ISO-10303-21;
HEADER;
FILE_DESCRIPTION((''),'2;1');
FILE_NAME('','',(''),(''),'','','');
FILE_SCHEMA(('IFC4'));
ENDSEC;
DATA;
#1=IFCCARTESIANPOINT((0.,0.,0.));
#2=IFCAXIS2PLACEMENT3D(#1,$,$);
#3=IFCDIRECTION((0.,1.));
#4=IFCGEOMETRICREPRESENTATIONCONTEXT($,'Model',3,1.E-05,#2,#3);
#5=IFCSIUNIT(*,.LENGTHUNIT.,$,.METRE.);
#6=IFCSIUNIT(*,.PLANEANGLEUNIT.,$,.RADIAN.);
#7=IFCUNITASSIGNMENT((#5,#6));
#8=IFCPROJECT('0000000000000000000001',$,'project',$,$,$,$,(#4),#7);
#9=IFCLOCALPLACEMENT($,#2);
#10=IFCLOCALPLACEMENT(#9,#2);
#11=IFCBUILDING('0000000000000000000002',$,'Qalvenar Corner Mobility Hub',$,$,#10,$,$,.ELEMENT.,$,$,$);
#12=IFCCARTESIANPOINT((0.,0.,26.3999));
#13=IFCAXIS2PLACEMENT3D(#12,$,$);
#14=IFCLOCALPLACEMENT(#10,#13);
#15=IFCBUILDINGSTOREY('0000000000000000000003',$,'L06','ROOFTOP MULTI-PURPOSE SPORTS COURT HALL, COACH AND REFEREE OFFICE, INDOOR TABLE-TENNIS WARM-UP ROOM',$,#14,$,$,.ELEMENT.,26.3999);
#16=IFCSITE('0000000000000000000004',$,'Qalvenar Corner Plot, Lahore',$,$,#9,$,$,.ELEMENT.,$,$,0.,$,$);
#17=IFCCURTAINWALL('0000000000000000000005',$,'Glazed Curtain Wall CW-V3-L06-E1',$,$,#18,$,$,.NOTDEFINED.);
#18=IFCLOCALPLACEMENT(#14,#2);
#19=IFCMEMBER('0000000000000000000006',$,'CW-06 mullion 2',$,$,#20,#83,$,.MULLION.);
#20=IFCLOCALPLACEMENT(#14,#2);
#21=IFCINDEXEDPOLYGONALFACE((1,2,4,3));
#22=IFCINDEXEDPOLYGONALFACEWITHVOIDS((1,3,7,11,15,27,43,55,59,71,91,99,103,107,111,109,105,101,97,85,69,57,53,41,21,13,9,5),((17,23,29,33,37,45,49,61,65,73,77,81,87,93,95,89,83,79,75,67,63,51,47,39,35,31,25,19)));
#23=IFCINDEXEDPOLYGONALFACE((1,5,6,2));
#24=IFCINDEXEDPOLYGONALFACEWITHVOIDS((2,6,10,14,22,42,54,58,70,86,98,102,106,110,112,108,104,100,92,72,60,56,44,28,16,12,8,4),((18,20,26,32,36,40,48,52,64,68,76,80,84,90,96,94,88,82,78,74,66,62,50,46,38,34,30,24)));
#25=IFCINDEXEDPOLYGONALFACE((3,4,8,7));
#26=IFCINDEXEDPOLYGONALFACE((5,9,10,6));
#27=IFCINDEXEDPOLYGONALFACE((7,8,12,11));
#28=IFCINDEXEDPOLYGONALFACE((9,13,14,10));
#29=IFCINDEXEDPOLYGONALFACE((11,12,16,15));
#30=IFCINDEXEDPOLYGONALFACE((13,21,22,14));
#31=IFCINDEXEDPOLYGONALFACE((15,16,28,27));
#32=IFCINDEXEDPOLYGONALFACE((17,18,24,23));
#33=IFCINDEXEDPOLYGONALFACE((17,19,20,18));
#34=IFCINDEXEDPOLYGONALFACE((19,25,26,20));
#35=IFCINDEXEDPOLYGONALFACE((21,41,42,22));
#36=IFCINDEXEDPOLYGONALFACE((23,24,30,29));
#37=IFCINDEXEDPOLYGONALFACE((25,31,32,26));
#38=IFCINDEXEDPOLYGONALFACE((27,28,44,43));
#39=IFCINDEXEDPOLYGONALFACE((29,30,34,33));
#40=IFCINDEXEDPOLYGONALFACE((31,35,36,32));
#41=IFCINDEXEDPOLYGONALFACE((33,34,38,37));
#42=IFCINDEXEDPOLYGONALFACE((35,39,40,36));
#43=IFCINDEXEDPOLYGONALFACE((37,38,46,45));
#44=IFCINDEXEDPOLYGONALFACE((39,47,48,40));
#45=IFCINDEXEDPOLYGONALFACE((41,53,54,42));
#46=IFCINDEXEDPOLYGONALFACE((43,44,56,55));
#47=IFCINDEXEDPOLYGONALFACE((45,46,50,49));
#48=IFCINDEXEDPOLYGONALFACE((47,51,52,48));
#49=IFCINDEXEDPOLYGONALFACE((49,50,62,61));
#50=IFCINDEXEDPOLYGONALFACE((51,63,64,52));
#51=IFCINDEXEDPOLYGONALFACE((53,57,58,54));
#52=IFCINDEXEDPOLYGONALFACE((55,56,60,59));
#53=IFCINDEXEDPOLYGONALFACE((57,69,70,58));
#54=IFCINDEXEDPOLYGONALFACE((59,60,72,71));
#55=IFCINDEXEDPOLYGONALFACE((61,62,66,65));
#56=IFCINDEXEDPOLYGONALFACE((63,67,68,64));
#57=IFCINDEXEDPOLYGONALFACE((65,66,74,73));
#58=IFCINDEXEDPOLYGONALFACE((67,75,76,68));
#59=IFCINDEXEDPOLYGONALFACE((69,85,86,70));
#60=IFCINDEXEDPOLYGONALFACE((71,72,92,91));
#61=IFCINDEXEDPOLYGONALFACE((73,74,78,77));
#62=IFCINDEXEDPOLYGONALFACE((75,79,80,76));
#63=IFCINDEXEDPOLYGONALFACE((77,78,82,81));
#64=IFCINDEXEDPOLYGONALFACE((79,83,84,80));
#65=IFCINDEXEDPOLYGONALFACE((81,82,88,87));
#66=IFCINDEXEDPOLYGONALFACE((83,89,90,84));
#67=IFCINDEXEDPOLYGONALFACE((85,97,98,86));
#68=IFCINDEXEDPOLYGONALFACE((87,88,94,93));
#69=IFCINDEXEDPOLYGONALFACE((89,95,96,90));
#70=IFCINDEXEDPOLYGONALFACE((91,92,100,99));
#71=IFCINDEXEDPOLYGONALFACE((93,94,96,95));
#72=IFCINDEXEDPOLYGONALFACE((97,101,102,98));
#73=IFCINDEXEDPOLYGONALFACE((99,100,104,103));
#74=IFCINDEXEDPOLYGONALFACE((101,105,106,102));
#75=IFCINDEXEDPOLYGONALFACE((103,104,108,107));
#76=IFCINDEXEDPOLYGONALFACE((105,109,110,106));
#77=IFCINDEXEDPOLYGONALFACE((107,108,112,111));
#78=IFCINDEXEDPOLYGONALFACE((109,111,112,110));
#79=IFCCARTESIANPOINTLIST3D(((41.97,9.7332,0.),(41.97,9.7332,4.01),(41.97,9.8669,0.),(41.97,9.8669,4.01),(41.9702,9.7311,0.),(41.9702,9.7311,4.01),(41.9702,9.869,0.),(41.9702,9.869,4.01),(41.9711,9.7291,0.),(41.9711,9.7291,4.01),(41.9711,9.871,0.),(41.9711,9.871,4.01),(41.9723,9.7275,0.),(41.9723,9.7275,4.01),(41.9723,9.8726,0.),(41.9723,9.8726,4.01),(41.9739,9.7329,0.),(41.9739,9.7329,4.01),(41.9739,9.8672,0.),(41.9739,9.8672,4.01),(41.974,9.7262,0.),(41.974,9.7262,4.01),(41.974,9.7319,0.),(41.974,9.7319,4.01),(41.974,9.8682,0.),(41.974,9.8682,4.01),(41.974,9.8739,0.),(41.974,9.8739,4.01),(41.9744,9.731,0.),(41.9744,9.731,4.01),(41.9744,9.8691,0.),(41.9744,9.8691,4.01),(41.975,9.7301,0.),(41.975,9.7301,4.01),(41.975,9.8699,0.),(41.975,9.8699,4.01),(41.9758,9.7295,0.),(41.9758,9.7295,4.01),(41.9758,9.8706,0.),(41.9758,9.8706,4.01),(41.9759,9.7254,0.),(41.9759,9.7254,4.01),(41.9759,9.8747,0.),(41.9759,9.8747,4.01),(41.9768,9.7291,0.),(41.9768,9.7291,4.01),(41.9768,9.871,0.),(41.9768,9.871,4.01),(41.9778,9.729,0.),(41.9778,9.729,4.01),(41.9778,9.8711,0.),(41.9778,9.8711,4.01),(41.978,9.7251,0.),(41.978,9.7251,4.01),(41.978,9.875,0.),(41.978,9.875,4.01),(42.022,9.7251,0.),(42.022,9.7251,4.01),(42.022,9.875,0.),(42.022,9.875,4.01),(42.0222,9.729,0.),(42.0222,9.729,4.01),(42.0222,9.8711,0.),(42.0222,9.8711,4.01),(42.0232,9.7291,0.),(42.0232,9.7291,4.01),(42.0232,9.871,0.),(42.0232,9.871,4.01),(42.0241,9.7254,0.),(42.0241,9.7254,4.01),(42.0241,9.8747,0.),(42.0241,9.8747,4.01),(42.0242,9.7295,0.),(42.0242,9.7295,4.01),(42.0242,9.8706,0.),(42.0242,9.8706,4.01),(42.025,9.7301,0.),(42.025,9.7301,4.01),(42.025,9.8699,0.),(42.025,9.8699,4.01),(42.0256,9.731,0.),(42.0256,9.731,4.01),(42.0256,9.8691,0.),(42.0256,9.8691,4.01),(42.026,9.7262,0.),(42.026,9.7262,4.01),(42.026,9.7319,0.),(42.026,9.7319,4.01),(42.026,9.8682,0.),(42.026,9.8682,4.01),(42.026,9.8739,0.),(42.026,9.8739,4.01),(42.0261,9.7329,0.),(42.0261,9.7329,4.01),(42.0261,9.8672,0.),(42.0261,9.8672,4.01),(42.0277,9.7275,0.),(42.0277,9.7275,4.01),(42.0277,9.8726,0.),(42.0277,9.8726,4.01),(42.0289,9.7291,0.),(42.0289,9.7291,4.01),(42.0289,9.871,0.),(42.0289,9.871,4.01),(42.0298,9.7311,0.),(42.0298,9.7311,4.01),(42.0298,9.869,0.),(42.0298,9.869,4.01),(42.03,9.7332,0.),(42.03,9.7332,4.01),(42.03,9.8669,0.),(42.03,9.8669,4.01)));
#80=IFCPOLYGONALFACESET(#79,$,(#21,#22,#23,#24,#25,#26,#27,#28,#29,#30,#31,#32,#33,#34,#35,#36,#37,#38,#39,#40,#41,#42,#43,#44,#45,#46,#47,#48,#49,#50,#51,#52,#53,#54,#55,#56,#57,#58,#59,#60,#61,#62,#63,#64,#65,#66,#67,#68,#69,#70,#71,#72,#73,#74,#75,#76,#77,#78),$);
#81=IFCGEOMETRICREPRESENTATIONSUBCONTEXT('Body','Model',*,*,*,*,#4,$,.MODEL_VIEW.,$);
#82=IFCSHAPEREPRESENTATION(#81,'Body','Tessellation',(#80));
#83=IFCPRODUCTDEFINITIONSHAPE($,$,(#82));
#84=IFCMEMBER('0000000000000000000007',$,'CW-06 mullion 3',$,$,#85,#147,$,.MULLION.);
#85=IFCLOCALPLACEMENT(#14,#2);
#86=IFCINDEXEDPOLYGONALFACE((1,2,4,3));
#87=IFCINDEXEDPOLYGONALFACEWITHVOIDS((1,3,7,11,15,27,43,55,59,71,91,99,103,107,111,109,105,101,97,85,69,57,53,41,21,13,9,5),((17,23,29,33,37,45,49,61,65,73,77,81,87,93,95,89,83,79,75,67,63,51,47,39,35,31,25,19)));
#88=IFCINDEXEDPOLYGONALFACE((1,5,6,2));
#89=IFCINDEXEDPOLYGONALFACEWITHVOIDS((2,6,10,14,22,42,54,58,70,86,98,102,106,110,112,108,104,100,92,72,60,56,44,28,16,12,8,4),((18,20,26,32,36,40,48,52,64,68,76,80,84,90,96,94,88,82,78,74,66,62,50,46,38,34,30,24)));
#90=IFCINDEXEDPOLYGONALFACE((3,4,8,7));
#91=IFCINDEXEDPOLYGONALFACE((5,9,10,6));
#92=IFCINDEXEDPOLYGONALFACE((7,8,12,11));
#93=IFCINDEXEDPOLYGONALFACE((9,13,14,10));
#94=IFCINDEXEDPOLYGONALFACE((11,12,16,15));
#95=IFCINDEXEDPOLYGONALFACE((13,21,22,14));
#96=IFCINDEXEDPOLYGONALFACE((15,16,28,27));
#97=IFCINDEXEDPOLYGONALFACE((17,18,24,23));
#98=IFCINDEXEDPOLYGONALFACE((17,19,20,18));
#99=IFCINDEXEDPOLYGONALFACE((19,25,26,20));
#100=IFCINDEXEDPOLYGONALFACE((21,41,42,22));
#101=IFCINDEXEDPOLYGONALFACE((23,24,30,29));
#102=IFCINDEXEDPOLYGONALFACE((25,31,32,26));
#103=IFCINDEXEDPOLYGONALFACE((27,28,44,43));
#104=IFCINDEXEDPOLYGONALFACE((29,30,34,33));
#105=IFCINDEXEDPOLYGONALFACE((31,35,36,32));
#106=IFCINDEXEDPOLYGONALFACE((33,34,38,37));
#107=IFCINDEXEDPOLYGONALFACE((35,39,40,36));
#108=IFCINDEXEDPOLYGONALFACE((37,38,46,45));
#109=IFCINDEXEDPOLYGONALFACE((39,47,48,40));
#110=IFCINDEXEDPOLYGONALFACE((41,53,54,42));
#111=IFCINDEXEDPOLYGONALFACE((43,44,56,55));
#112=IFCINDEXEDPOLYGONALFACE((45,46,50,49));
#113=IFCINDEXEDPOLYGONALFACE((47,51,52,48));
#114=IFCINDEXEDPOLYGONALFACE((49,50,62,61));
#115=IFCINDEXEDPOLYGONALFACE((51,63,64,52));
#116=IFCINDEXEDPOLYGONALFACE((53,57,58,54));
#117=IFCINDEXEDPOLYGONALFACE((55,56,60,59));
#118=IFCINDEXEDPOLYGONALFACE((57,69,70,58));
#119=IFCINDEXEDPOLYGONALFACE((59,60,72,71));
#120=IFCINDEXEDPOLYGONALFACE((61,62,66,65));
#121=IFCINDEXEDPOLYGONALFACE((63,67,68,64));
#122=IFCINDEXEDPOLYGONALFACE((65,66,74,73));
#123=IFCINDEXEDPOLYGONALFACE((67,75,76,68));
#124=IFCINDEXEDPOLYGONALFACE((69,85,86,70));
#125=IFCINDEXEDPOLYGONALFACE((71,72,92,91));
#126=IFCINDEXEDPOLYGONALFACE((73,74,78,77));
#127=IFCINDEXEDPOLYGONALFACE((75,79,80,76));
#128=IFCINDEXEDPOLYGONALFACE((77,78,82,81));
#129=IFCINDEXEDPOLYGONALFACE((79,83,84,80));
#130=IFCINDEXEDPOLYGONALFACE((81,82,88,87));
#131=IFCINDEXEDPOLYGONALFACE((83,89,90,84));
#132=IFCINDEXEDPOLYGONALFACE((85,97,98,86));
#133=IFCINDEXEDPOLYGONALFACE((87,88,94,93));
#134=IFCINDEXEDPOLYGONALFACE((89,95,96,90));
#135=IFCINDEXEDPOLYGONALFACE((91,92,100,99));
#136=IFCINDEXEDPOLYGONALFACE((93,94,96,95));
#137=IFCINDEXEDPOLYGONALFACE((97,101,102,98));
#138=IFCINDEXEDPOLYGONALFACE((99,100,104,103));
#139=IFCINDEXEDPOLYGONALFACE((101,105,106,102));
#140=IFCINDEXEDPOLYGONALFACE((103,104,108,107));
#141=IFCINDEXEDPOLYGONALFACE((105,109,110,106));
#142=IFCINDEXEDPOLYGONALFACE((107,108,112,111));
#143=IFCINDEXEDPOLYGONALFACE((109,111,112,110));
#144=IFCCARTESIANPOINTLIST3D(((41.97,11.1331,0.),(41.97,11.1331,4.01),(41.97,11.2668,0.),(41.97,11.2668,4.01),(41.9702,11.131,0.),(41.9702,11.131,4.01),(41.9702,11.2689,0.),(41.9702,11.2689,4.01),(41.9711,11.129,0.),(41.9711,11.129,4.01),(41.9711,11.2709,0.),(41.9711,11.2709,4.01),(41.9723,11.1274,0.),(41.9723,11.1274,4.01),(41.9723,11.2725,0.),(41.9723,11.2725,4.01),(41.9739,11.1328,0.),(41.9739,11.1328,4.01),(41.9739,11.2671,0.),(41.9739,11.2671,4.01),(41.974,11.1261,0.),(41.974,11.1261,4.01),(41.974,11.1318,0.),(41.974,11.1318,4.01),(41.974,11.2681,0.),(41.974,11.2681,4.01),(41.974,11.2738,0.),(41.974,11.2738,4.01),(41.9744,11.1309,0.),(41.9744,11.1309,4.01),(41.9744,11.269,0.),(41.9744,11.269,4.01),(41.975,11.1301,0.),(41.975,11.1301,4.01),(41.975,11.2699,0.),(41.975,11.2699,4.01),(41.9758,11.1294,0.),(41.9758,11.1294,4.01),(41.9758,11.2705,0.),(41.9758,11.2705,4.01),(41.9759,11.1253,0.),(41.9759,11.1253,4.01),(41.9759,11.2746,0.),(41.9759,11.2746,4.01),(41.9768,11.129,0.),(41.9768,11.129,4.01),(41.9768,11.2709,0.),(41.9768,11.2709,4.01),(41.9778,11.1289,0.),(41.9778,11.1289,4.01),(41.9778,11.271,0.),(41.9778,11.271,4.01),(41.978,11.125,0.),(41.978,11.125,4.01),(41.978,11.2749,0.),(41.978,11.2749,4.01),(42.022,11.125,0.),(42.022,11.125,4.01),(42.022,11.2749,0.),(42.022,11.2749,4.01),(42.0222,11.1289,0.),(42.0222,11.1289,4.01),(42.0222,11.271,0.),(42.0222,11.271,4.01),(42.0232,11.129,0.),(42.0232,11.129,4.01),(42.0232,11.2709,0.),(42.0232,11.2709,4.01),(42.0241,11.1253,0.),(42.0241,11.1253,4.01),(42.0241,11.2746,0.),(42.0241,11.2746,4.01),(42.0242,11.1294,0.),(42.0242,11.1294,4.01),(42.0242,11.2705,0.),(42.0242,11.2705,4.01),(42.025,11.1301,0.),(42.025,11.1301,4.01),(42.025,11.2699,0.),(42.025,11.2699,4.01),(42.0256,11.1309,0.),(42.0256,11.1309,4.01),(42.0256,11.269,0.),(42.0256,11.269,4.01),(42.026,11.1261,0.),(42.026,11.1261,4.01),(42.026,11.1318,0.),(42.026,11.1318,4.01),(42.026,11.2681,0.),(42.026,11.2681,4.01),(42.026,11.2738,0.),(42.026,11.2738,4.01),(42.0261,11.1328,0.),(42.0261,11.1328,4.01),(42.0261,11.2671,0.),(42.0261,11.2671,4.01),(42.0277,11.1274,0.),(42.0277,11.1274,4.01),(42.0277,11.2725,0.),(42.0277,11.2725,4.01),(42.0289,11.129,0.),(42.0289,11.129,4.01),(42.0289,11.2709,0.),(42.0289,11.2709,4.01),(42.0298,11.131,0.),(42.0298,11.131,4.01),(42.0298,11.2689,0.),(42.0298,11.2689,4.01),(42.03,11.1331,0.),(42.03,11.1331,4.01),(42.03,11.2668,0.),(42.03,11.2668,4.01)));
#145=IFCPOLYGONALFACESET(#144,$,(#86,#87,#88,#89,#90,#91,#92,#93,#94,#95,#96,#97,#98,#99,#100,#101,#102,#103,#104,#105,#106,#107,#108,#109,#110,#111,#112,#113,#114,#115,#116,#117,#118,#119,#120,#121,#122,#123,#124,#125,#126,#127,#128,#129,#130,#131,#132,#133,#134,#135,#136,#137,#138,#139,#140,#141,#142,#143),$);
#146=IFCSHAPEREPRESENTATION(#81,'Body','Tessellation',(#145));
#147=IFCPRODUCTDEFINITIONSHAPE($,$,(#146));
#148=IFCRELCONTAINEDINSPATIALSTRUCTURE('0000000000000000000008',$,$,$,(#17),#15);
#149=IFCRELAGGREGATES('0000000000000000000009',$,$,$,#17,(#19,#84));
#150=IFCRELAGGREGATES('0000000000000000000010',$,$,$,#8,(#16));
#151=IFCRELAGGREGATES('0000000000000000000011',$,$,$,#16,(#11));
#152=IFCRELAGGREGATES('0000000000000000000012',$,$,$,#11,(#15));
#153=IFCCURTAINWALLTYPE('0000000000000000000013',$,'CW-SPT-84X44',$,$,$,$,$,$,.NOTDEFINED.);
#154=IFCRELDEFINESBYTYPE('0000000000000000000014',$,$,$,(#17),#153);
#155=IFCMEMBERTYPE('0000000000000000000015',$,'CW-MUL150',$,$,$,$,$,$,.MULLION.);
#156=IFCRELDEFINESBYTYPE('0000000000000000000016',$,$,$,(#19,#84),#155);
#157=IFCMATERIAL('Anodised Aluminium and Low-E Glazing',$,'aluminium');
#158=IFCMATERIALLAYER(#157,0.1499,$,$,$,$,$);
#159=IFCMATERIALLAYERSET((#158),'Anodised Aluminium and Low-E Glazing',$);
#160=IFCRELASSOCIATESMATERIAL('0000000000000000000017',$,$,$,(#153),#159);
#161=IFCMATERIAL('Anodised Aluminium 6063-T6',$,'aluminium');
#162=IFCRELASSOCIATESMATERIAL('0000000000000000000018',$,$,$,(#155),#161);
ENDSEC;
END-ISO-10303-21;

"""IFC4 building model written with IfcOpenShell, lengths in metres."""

from ifc_helpers import new_model, si_unit, direction, frame, origin, origin_2d, place, context, subcontext, project, spatial, hollow_rectangle, extrude, material, layer, layer_set, material_profile, profile_set, type_object, element, aggregate, save


model = new_model("IFC4")

# Units and contexts
model_context = context("Model", 3, precision=1e-05, world=origin(), true_north=direction((0.0, 1.0)))
body_context = subcontext(model_context, "Body", "Model", "MODEL_VIEW")
ifc_project = project(units=[si_unit("LENGTHUNIT", "METRE"), si_unit("PLANEANGLEUNIT", "RADIAN")], contexts=[model_context])

# Site, building, storey
site_placement = place(None, origin())
site = spatial("IfcSite", under=ifc_project, at=site_placement, Name="Qalvenar Corner Plot, Lahore", CompositionType="ELEMENT", RefElevation=0.0)
building_placement = place(site_placement, origin())
building = spatial("IfcBuilding", under=site, at=building_placement, Name="Qalvenar Corner Mobility Hub", CompositionType="ELEMENT")
storey_placement = place(building_placement, frame((0.0, 0.0, 26.3999)))
storey = spatial("IfcBuildingStorey", under=building, at=storey_placement, Name="L06", Description="ROOFTOP MULTI-PURPOSE SPORTS COURT HALL, COACH AND REFEREE OFFICE, INDOOR TABLE-TENNIS WARM-UP ROOM", CompositionType="ELEMENT", Elevation=26.3999)

# Curtain wall, members
ifc_material_1 = material(Name="Anodised Aluminium and Low-E Glazing", Category="aluminium")
ifc_material_2 = material(Name="Anodised Aluminium 6063-T6", Category="aluminium")
ifc_layer_1 = layer(ifc_material_1, 0.1499)
ifc_layer_set_1 = layer_set([ifc_layer_1], Name="Anodised Aluminium and Low-E Glazing")
curtain_wall_type_1 = type_object("IfcCurtainWallType", Name="CW-SPT-84X44", PredefinedType="NOTDEFINED", material=ifc_layer_set_1)
curtain_wall_1_placement = place(storey_placement, origin())
curtain_wall_1 = element("IfcCurtainWall", 1, at=curtain_wall_1_placement, inside=storey, type_object=curtain_wall_type_1, Name="Glazed Curtain Wall CW-V3-L06-E1", PredefinedType="NOTDEFINED")
ifc_material_profile_1 = material_profile(ifc_material_2, hollow_rectangle(XDim=0.0601, YDim=0.1499, WallThickness=0.0039, InnerFilletRadius=0.0039, OuterFilletRadius=0.0081, at=origin_2d()), Name="RHS150x60x4")
ifc_profile_set_1 = profile_set([ifc_material_profile_1], Name="Anodised Aluminium 6063-T6")
member_type_1 = type_object("IfcMemberType", Name="CW-MUL150", PredefinedType="MULLION", material=ifc_profile_set_1)
member_1_placement = place(storey_placement, frame((42.0, 9.8, 0.0), z_axis=(0.0, 0.0, 1.0), x_axis=(-1.0, 0.0, 0.0)))
member_1 = element("IfcMember", 2, at=member_1_placement, type_object=member_type_1, Name="CW-06 mullion 2", PredefinedType="MULLION", context=body_context, shape_type="SweptSolid", body=[
    extrude(hollow_rectangle(XDim=0.0601, YDim=0.1499, WallThickness=0.0039, InnerFilletRadius=0.0039, OuterFilletRadius=0.0081, at=origin_2d()), origin(), (0.0, 0.0, 1.0), 4.01),
])
member_2_placement = place(storey_placement, frame((42.0, 11.2, 0.0), z_axis=(0.0, 0.0, 1.0), x_axis=(-1.0, 0.0, 0.0)))
member_2 = element("IfcMember", 3, at=member_2_placement, type_object=member_type_1, Name="CW-06 mullion 3", PredefinedType="MULLION", context=body_context, shape_type="SweptSolid", body=[
    extrude(hollow_rectangle(XDim=0.0601, YDim=0.1499, WallThickness=0.0039, InnerFilletRadius=0.0039, OuterFilletRadius=0.0081, at=origin_2d()), origin(), (0.0, 0.0, 1.0), 4.01),
])

aggregate(curtain_wall_1, [member_1, member_2])

save(model, "model.ifc")
